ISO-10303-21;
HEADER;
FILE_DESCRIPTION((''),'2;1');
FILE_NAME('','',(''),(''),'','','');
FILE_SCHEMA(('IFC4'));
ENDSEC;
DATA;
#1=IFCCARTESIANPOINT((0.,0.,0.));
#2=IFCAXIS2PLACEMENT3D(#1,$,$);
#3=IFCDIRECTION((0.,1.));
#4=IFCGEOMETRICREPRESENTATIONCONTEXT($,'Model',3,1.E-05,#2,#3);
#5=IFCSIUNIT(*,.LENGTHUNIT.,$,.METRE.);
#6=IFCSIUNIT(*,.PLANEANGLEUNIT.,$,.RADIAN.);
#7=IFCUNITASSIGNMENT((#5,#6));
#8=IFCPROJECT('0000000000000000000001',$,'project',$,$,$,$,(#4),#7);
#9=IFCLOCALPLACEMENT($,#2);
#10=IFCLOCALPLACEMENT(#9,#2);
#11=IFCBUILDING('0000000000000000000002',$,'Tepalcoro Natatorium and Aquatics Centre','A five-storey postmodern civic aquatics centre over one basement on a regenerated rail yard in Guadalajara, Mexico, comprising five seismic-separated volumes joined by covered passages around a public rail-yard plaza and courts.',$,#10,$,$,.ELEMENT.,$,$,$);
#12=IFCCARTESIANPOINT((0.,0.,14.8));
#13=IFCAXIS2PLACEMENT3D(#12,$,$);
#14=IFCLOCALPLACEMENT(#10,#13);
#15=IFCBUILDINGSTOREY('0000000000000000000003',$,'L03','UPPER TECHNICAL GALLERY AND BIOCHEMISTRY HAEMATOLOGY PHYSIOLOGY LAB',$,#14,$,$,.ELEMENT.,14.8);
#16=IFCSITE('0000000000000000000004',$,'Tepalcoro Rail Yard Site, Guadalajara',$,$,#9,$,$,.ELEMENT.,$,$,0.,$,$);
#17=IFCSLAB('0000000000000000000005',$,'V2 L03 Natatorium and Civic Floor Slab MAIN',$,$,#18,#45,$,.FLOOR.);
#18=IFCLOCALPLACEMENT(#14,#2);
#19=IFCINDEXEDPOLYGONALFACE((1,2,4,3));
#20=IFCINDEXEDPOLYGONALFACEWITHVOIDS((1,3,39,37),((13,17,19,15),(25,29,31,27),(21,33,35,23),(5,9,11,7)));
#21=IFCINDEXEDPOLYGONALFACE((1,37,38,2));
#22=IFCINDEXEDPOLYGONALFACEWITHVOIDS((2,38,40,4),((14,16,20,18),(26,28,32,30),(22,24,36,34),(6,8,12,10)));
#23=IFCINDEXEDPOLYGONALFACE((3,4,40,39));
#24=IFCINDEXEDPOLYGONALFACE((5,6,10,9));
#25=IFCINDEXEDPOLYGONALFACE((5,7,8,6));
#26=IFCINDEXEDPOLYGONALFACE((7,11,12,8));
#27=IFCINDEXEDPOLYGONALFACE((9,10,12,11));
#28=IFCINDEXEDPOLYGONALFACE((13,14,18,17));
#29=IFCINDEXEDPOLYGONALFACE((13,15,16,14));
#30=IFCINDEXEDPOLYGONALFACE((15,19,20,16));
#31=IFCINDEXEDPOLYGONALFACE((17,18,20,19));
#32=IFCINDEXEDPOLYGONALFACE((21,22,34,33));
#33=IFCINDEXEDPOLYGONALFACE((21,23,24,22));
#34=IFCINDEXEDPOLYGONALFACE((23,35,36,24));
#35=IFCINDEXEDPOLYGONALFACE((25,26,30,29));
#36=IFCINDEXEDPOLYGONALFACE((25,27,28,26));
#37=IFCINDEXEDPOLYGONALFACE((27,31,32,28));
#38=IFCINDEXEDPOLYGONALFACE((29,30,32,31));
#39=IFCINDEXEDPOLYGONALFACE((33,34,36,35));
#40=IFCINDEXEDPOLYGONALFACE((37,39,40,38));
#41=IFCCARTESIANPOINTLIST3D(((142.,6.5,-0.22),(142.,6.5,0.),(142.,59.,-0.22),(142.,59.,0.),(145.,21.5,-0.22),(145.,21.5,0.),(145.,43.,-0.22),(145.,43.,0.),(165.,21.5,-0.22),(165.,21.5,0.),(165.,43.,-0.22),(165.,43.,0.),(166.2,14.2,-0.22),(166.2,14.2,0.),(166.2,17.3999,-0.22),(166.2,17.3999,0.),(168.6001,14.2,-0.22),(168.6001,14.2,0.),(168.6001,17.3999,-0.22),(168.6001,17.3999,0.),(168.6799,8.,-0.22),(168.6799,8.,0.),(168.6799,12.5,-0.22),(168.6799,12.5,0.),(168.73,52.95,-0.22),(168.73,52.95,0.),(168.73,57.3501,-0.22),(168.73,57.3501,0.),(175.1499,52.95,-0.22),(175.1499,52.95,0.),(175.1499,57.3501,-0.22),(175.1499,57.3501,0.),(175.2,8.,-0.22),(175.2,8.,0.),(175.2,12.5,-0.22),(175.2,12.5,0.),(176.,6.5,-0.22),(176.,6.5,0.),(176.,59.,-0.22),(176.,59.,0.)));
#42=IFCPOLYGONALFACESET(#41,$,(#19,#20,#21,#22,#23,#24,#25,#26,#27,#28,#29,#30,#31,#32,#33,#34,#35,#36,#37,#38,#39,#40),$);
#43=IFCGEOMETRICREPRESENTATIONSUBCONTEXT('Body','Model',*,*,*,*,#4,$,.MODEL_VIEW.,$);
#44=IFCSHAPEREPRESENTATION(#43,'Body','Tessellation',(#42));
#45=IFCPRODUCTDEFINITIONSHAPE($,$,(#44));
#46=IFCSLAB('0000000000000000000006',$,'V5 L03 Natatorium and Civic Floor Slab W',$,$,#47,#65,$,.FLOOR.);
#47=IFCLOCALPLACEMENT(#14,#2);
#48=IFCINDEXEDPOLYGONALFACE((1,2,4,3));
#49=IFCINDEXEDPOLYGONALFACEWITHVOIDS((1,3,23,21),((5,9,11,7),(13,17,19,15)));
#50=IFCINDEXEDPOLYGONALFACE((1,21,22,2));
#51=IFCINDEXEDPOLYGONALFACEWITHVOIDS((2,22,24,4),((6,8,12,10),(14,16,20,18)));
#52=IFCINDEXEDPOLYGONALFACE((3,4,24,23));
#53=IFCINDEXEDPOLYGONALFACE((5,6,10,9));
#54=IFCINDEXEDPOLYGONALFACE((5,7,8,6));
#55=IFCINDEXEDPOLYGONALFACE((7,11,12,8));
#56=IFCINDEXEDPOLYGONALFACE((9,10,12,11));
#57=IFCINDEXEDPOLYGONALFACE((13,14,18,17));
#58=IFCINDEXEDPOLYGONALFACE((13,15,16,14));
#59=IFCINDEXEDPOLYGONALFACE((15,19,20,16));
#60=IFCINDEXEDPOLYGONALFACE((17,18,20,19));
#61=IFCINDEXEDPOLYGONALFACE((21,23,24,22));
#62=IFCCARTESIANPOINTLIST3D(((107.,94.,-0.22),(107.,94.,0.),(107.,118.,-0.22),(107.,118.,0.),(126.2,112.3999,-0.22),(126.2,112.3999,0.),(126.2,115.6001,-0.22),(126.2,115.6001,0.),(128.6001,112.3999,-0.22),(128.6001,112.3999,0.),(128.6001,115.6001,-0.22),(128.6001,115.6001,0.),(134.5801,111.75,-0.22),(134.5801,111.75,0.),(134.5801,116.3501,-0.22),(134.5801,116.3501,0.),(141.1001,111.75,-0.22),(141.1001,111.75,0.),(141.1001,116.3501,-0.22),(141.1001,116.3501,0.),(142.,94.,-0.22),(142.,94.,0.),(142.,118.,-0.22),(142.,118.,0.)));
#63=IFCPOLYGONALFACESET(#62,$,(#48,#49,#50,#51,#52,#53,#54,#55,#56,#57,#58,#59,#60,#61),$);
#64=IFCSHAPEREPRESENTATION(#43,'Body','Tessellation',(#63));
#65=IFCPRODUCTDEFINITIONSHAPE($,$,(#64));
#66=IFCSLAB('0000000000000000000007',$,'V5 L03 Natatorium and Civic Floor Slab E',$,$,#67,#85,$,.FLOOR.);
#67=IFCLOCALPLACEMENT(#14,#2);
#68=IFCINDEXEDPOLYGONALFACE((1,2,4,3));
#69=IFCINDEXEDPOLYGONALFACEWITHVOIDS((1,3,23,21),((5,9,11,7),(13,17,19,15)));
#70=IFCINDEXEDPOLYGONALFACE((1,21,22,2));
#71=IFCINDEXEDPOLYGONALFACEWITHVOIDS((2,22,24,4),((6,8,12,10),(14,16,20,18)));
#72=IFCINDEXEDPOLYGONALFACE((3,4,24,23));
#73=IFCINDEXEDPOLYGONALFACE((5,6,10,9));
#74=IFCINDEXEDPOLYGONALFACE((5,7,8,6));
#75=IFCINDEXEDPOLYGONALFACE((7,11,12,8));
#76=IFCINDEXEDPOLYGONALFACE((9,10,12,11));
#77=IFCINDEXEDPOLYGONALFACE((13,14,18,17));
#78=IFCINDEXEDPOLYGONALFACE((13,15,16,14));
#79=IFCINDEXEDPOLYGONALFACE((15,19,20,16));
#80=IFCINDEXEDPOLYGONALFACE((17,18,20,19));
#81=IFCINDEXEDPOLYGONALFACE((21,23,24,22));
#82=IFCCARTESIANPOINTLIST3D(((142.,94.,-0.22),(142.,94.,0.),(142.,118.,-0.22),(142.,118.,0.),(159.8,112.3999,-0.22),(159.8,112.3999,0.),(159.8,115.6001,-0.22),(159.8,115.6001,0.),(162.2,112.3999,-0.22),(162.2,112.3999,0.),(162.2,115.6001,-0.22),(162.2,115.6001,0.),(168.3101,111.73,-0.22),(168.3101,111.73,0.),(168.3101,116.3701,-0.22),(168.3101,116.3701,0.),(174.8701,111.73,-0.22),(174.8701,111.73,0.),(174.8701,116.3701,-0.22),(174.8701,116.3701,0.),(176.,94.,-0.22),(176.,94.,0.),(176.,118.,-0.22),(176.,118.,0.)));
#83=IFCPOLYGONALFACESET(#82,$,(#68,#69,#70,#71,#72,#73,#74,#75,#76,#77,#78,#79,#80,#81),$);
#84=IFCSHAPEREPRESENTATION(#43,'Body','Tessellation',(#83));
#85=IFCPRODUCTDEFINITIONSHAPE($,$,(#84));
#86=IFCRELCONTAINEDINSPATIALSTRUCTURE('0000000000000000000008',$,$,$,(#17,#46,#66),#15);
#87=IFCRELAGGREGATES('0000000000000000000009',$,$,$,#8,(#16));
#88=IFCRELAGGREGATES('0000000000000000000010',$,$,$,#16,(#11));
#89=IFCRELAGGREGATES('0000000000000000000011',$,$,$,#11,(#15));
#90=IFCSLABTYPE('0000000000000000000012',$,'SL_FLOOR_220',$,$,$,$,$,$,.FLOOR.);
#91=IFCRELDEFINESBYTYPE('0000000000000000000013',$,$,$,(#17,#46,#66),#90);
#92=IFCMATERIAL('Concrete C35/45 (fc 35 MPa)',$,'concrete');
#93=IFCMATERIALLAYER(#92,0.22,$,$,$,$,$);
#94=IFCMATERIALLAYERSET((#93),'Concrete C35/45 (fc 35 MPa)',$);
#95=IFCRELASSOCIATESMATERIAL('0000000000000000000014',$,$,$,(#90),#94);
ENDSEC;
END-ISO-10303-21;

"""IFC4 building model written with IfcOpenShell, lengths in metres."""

from ifc_helpers import new_model, si_unit, direction, frame, origin, place, context, subcontext, project, spatial, polyline, outline, extrude, material, layer, layer_set, type_object, element, save


model = new_model("IFC4")

# Units and contexts
model_context = context("Model", 3, precision=1e-05, world=origin(), true_north=direction((0.0, 1.0)))
body_context = subcontext(model_context, "Body", "Model", "MODEL_VIEW")
ifc_project = project(units=[si_unit("LENGTHUNIT", "METRE"), si_unit("PLANEANGLEUNIT", "RADIAN")], contexts=[model_context])

# Site, building, storey
site_placement = place(None, origin())
site = spatial("IfcSite", under=ifc_project, at=site_placement, Name="Tepalcoro Rail Yard Site, Guadalajara", CompositionType="ELEMENT", RefElevation=0.0)
building_placement = place(site_placement, origin())
building = spatial("IfcBuilding", under=site, at=building_placement, Name="Tepalcoro Natatorium and Aquatics Centre", Description="A five-storey postmodern civic aquatics centre over one basement on a regenerated rail yard in Guadalajara, Mexico, comprising five seismic-separated volumes joined by covered passages around a public rail-yard plaza and courts.", CompositionType="ELEMENT")
storey_placement = place(building_placement, frame((0.0, 0.0, 14.8)))
storey = spatial("IfcBuildingStorey", under=building, at=storey_placement, Name="L03", Description="UPPER TECHNICAL GALLERY AND BIOCHEMISTRY HAEMATOLOGY PHYSIOLOGY LAB", CompositionType="ELEMENT", Elevation=14.8)

# Slabs
ifc_material_1 = material(Name="Concrete C35/45 (fc 35 MPa)", Category="concrete")
ifc_layer_1 = layer(ifc_material_1, 0.22)
ifc_layer_set_1 = layer_set([ifc_layer_1], Name="Concrete C35/45 (fc 35 MPa)")
slab_type_1 = type_object("IfcSlabType", Name="SL_FLOOR_220", PredefinedType="FLOOR", material=ifc_layer_set_1)
slab_1_placement = place(storey_placement, frame((0.0, 0.0, -0.22)))
element("IfcSlab", 1, at=slab_1_placement, inside=storey, type_object=slab_type_1, Name="V2 L03 Natatorium and Civic Floor Slab MAIN", PredefinedType="FLOOR", context=body_context, shape_type="SweptSolid", body=[
    extrude(outline(polyline([(176.0, 6.5), (142.0, 6.5), (142.0, 59.0), (176.0, 59.0), (176.0, 6.5)]), holes=[polyline([(145.0, 21.5), (165.0, 21.5), (165.0, 43.0), (145.0, 43.0), (145.0, 21.5)]), polyline([(168.6799, 12.5), (168.6799, 8.0), (175.2, 8.0), (175.2, 12.5), (168.6799, 12.5)]), polyline([(175.1499, 57.3501), (168.73, 57.3501), (168.73, 52.95), (175.1499, 52.95), (175.1499, 57.3501)]), polyline([(168.6001, 14.2), (168.6001, 17.3999), (166.2, 17.3999), (166.2, 14.2), (168.6001, 14.2)])]), origin(), (0.0, 0.0, 1.0), 0.22),
])
slab_2_placement = place(storey_placement, frame((0.0, 0.0, -0.22)))
element("IfcSlab", 2, at=slab_2_placement, inside=storey, type_object=slab_type_1, Name="V5 L03 Natatorium and Civic Floor Slab W", PredefinedType="FLOOR", context=body_context, shape_type="SweptSolid", body=[
    extrude(outline(polyline([(107.0, 118.0), (142.0, 118.0), (142.0, 94.0), (107.0, 94.0), (107.0, 118.0)]), holes=[polyline([(141.1001, 116.3501), (134.5801, 116.3501), (134.5801, 111.75), (141.1001, 111.75), (141.1001, 116.3501)]), polyline([(126.2, 112.3999), (128.6001, 112.3999), (128.6001, 115.6001), (126.2, 115.6001), (126.2, 112.3999)])]), origin(), (0.0, 0.0, 1.0), 0.22),
])
slab_3_placement = place(storey_placement, frame((0.0, 0.0, -0.22)))
element("IfcSlab", 3, at=slab_3_placement, inside=storey, type_object=slab_type_1, Name="V5 L03 Natatorium and Civic Floor Slab E", PredefinedType="FLOOR", context=body_context, shape_type="SweptSolid", body=[
    extrude(outline(polyline([(176.0, 118.0), (176.0, 94.0), (142.0, 94.0), (142.0, 118.0), (176.0, 118.0)]), holes=[polyline([(174.8701, 111.73), (174.8701, 116.3701), (168.3101, 116.3701), (168.3101, 111.73), (174.8701, 111.73)]), polyline([(159.8, 115.6001), (159.8, 112.3999), (162.2, 112.3999), (162.2, 115.6001), (159.8, 115.6001)])]), origin(), (0.0, 0.0, 1.0), 0.22),
])

save(model, "model.ifc")
